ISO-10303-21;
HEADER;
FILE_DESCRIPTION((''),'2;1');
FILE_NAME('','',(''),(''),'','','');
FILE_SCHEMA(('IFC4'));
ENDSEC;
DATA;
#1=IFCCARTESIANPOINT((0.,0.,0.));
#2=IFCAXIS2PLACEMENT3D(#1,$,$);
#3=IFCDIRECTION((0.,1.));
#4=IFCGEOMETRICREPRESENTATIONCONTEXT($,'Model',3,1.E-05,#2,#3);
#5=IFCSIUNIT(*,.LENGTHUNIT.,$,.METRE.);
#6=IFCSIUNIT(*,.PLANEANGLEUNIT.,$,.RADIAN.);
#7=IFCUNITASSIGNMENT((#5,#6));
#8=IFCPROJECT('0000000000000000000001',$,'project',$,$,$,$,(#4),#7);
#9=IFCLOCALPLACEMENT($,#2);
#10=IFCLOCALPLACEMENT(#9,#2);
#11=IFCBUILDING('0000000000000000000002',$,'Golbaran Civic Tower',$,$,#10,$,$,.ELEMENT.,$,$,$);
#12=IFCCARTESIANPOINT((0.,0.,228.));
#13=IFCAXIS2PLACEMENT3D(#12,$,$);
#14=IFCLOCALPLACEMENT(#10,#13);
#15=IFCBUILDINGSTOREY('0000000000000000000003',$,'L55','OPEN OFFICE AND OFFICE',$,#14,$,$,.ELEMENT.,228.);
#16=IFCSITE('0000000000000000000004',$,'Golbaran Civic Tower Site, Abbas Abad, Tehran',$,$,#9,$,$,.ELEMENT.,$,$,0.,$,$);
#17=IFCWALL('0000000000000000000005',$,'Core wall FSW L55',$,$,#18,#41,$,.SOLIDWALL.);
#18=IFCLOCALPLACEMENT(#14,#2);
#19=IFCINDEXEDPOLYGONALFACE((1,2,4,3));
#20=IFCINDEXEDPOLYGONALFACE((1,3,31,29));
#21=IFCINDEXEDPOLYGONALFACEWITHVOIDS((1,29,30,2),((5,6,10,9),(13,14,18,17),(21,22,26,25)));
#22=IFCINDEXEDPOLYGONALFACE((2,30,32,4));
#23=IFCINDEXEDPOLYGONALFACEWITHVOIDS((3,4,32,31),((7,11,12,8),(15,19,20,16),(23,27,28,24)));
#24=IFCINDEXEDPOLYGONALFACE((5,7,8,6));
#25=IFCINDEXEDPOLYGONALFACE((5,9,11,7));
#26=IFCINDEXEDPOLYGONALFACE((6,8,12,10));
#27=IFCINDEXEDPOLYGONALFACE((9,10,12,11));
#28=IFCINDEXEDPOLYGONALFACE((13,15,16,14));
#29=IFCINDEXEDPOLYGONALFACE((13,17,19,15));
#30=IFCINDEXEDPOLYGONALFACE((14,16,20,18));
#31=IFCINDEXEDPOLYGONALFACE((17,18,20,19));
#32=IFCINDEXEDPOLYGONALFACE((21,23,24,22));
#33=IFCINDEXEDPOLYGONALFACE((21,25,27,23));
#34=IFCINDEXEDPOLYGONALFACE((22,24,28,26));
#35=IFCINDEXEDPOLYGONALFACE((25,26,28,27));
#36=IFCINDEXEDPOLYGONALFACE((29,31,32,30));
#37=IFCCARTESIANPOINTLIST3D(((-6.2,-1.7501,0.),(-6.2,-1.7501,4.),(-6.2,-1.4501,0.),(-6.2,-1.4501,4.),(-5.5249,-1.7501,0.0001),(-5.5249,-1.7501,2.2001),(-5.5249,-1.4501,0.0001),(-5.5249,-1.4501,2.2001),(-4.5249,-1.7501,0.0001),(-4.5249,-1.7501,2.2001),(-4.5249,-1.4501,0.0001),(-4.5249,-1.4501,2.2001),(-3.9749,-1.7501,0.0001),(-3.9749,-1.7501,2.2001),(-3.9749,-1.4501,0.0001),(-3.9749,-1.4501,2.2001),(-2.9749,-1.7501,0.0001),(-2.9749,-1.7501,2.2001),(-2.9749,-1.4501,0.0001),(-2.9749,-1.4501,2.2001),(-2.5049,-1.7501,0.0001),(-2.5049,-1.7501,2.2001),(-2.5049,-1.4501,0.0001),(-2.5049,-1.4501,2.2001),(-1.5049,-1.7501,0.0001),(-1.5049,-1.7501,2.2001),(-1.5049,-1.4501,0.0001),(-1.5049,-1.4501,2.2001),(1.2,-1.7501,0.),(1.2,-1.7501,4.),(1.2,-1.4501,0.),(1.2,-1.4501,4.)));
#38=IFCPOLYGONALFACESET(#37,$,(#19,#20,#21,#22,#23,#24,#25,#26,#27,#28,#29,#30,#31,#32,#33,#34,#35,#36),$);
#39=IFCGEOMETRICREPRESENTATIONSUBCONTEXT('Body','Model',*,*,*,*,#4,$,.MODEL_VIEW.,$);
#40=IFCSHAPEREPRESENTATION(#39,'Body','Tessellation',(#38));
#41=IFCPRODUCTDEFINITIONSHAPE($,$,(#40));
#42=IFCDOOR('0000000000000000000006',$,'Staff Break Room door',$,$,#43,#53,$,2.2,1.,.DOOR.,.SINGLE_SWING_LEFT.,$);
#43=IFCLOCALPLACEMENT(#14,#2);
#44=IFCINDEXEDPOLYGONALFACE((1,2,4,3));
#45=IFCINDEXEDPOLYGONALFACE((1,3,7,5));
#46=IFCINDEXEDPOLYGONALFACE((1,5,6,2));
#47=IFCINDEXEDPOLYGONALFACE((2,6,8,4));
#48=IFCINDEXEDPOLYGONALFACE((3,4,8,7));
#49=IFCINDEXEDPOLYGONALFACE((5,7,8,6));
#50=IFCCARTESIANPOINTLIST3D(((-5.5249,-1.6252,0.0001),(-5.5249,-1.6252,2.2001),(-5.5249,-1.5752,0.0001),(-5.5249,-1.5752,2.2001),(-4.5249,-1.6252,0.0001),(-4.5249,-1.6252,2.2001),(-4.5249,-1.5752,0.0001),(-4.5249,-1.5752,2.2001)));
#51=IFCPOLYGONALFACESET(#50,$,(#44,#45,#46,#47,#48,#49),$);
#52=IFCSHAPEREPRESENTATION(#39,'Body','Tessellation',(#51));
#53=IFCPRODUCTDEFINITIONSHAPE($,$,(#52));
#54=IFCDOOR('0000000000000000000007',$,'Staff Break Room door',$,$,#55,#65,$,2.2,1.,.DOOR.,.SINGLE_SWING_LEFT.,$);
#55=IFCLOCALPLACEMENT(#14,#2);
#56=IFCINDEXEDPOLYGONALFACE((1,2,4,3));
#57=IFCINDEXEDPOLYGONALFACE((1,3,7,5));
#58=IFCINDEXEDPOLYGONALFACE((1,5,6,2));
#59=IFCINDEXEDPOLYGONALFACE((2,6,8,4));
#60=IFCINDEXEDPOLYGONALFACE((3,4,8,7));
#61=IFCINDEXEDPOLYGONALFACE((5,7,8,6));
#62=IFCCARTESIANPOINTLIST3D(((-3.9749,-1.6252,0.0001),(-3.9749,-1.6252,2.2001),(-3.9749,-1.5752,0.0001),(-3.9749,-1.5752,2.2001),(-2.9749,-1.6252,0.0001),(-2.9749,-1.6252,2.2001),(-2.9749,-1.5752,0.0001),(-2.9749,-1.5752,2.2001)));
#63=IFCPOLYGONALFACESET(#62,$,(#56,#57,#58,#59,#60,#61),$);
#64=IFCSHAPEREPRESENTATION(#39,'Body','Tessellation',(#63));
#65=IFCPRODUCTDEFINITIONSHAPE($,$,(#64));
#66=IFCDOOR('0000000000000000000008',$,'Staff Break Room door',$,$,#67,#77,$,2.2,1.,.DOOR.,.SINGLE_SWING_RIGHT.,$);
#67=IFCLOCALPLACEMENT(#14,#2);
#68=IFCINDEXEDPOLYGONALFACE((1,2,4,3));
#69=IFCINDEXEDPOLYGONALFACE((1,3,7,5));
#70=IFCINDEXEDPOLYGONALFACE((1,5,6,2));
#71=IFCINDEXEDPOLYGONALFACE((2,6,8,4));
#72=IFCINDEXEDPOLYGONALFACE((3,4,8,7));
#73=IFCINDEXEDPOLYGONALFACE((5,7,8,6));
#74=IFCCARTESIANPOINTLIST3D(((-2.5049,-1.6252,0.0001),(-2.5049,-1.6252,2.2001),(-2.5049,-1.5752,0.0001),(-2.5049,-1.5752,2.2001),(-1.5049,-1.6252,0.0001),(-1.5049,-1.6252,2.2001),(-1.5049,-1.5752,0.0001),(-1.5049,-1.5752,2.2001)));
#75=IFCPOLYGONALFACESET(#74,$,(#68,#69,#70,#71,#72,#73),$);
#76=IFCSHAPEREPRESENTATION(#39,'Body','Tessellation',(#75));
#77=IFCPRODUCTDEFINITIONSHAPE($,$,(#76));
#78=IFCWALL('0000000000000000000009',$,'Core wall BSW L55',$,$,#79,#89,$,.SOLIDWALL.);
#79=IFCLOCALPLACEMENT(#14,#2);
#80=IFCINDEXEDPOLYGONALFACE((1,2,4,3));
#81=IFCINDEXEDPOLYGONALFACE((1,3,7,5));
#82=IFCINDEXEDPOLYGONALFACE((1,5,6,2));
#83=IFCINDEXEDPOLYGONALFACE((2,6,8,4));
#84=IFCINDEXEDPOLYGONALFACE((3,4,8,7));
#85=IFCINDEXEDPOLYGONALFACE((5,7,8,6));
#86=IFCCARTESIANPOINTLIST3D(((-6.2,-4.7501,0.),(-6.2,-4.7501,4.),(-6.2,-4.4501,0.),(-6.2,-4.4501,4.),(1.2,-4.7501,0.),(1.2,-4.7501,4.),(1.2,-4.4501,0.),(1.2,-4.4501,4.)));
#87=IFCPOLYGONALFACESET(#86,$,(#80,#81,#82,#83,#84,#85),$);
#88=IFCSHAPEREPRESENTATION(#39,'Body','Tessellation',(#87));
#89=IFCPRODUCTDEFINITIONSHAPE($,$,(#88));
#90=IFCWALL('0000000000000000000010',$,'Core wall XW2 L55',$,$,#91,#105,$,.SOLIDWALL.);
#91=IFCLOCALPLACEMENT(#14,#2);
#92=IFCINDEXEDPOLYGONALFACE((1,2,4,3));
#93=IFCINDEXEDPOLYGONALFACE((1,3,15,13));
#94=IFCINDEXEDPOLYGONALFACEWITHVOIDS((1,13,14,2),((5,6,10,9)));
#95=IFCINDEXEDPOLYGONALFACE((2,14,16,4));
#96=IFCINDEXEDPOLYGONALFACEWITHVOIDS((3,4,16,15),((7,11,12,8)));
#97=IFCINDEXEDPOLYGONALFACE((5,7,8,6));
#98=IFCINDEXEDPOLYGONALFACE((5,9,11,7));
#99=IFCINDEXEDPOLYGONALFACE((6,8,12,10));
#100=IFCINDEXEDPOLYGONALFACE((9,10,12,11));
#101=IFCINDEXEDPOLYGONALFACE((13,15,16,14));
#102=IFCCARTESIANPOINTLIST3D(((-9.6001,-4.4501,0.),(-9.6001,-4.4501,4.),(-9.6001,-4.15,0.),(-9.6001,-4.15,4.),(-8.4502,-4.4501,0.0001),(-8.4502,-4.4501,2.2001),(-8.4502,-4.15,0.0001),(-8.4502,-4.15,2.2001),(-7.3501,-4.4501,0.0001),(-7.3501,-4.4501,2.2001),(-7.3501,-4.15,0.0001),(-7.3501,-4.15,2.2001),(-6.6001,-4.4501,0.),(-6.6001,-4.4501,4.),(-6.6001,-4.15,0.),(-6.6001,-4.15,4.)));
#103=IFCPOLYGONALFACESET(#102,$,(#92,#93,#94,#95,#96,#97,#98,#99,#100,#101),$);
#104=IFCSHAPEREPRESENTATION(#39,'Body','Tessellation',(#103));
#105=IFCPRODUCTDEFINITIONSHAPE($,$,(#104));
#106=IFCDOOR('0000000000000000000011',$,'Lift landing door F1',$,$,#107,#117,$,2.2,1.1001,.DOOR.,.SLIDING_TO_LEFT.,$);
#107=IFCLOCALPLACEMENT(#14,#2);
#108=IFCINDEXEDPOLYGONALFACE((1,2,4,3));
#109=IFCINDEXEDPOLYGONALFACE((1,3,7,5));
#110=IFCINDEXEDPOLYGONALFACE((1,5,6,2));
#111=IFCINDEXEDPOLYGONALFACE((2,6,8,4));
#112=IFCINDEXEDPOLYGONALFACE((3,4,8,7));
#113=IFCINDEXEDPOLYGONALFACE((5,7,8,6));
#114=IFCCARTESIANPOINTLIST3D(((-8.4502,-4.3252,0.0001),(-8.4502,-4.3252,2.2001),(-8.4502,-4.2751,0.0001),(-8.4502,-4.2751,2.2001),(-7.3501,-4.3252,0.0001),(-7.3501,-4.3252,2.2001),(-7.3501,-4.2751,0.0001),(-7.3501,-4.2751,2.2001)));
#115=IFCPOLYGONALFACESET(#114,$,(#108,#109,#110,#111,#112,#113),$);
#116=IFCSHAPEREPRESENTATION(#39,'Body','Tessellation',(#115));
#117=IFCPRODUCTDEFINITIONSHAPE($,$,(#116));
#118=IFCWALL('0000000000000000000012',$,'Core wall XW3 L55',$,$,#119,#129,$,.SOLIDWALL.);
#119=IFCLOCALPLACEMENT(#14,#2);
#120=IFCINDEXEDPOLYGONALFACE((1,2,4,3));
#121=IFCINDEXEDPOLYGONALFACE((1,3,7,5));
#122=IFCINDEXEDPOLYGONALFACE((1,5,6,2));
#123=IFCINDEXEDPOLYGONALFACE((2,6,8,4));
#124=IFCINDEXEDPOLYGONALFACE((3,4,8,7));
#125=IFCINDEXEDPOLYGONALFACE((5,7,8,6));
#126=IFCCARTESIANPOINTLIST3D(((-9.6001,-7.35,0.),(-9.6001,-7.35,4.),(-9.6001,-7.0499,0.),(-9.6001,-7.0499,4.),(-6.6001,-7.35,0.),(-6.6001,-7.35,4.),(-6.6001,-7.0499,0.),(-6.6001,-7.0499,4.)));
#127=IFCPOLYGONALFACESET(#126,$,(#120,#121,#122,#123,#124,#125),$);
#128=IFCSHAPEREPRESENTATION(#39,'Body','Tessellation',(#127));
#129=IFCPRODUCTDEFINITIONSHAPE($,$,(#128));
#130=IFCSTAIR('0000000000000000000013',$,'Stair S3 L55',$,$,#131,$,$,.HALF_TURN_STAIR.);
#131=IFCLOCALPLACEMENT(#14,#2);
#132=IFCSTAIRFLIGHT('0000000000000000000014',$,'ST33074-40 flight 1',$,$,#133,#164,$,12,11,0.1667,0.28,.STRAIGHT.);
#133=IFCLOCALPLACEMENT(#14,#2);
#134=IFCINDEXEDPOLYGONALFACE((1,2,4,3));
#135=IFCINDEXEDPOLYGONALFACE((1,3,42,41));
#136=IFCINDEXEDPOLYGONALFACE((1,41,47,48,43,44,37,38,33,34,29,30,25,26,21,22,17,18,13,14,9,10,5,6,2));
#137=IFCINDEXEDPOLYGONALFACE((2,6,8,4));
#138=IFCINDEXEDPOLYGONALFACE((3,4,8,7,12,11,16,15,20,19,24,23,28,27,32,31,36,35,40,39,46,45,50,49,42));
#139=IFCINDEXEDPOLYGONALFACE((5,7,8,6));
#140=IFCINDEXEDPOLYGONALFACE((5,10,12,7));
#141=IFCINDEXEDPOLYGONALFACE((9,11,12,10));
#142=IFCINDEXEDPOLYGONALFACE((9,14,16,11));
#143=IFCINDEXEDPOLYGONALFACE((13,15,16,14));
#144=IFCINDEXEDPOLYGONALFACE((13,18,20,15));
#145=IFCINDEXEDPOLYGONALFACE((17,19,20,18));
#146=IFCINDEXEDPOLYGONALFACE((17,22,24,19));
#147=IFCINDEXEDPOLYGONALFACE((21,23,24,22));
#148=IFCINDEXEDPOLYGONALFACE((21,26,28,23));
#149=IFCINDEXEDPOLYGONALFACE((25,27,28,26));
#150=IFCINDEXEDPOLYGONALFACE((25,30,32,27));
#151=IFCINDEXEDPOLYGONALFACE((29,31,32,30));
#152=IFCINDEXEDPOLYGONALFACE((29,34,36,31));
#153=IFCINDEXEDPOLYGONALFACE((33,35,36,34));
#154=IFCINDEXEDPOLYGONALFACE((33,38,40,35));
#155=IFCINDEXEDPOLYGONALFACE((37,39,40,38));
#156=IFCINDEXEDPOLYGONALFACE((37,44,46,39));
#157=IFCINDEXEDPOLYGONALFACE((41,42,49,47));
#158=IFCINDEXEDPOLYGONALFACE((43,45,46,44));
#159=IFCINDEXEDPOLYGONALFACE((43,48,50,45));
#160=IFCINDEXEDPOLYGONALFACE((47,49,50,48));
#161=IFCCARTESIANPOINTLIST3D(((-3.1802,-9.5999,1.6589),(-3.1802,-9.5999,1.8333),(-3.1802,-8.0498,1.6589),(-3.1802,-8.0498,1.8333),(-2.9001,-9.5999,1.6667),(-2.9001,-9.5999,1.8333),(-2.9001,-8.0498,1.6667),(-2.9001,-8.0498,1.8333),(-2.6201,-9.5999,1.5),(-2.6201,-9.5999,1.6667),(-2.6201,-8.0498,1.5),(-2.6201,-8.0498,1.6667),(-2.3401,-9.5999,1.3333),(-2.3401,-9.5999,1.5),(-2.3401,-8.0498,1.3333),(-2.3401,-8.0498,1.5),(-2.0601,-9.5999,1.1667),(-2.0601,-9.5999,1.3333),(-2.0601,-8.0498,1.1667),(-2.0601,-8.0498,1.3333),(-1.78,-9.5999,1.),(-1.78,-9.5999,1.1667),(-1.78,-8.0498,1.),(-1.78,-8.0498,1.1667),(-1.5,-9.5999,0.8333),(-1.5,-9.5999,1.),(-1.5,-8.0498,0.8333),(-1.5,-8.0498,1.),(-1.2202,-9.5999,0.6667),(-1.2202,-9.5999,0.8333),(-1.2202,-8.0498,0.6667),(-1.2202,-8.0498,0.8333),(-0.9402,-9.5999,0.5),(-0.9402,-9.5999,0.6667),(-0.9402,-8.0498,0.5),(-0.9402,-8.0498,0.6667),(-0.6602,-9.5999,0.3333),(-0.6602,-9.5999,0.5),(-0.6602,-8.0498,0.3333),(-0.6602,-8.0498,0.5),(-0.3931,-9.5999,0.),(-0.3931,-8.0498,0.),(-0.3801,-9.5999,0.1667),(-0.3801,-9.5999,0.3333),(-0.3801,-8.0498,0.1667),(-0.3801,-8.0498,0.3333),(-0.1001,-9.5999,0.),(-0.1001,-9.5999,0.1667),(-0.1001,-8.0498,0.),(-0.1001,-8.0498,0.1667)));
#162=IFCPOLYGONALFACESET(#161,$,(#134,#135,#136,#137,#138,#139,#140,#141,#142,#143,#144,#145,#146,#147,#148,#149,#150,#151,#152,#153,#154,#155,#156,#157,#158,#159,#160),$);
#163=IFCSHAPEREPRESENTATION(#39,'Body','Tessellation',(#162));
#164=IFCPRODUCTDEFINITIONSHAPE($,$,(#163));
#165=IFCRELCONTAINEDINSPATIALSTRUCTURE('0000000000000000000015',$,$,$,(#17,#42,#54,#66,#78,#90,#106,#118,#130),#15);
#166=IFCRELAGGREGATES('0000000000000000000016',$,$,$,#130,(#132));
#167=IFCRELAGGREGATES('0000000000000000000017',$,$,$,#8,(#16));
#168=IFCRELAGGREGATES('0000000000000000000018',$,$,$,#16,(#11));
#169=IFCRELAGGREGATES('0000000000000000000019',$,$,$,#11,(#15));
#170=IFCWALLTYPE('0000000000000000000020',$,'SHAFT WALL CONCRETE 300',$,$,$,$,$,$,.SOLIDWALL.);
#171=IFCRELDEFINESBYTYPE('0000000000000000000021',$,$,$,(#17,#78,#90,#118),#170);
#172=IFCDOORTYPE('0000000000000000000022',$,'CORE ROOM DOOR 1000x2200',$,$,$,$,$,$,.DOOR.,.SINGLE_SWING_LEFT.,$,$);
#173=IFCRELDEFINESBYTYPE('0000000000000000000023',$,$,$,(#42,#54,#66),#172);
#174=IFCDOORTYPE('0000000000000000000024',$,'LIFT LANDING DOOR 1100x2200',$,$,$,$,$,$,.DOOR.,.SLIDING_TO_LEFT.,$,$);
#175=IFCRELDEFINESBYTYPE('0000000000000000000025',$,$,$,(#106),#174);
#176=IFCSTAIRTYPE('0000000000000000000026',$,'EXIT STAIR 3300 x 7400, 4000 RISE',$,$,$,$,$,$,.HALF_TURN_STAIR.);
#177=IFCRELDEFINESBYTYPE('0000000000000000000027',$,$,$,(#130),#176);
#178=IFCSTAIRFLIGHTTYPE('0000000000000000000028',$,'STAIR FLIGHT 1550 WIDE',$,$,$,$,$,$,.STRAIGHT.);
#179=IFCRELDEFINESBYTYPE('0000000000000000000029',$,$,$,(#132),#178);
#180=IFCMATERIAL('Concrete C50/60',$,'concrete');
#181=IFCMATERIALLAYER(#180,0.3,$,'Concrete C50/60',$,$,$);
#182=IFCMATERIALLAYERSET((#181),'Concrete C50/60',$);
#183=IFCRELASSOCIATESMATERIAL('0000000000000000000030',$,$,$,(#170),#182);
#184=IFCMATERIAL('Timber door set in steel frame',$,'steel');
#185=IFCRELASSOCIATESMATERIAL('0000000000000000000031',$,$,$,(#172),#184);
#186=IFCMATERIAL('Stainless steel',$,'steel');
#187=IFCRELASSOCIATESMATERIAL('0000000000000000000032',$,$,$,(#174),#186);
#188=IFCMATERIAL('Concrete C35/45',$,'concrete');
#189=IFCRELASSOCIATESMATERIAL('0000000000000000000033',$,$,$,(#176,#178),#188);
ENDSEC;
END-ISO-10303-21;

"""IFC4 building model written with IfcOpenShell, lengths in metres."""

from ifc_helpers import new_model, si_unit, direction, frame, frame_2d, origin, place, context, subcontext, project, spatial, polyline, rectangle, outline, extrude, material, layer, layer_set, type_object, element, fill, aggregate, save


model = new_model("IFC4")

# Units and contexts
model_context = context("Model", 3, precision=1e-05, world=origin(), true_north=direction((0.0, 1.0)))
body_context = subcontext(model_context, "Body", "Model", "MODEL_VIEW")
ifc_project = project(units=[si_unit("LENGTHUNIT", "METRE"), si_unit("PLANEANGLEUNIT", "RADIAN")], contexts=[model_context])

# Site, building, storey
site_placement = place(None, origin())
site = spatial("IfcSite", under=ifc_project, at=site_placement, Name="Golbaran Civic Tower Site, Abbas Abad, Tehran", CompositionType="ELEMENT", RefElevation=0.0)
building_placement = place(site_placement, origin())
building = spatial("IfcBuilding", under=site, at=building_placement, Name="Golbaran Civic Tower", CompositionType="ELEMENT")
storey_placement = place(building_placement, frame((0.0, 0.0, 228.0)))
storey = spatial("IfcBuildingStorey", under=building, at=storey_placement, Name="L55", Description="OPEN OFFICE AND OFFICE", CompositionType="ELEMENT", Elevation=228.0)

# Shared definitions
ifc_material_1 = material(Name="Concrete C35/45", Category="concrete")

# Shared definitions
ifc_material_2 = material(Name="Timber door set in steel frame", Category="steel")

# Shared definitions
ifc_material_3 = material(Name="Concrete C50/60", Category="concrete")

# Wall, openings, doors
ifc_layer_1 = layer(ifc_material_3, 0.3, Name="Concrete C50/60")
ifc_layer_set_1 = layer_set([ifc_layer_1], Name="Concrete C50/60")
wall_type_1 = type_object("IfcWallType", Name="SHAFT WALL CONCRETE 300", PredefinedType="SOLIDWALL", material=ifc_layer_set_1)
wall_1_placement = place(storey_placement, frame((-6.2, -1.6001, 0.0), z_axis=(0.0, 0.0, 1.0), x_axis=(1.0, 0.0, 0.0)))
wall_1 = element("IfcWall", 1, at=wall_1_placement, inside=storey, type_object=wall_type_1, Name="Core wall FSW L55", PredefinedType="SOLIDWALL", context=body_context, shape_type="SweptSolid", body=[
    extrude(rectangle(XDim=7.3999, YDim=0.3, at=frame_2d((3.7, 0.0))), origin(), (0.0, 0.0, 1.0), 4.0),
])
opening_1_placement = place(wall_1_placement, frame((0.675, 0.0, 0.0)))
opening_1 = element("IfcOpeningElement", 2, at=opening_1_placement, cuts=wall_1, PredefinedType="OPENING", context=body_context, shape_type="SweptSolid", body=[
    extrude(rectangle(XDim=1.0, YDim=2.2, at=frame_2d((0.5, 1.1001))), frame((0.0, 0.1599, 0.0), z_axis=(0.0, -1.0, 0.0), x_axis=(1.0, 0.0, 0.0)), (0.0, 0.0, 1.0), 0.3201),
])
opening_2_placement = place(wall_1_placement, frame((2.2251, 0.0, 0.0)))
opening_2 = element("IfcOpeningElement", 3, at=opening_2_placement, cuts=wall_1, PredefinedType="OPENING", context=body_context, shape_type="SweptSolid", body=[
    extrude(rectangle(XDim=1.0, YDim=2.2, at=frame_2d((0.5, 1.1001))), frame((0.0, 0.1599, 0.0), z_axis=(0.0, -1.0, 0.0), x_axis=(1.0, 0.0, 0.0)), (0.0, 0.0, 1.0), 0.3201),
])
opening_3_placement = place(wall_1_placement, frame((3.6951, 0.0, 0.0)))
opening_3 = element("IfcOpeningElement", 4, at=opening_3_placement, cuts=wall_1, PredefinedType="OPENING", context=body_context, shape_type="SweptSolid", body=[
    extrude(rectangle(XDim=1.0, YDim=2.2, at=frame_2d((0.5, 1.1001))), frame((0.0, 0.1599, 0.0), z_axis=(0.0, -1.0, 0.0), x_axis=(1.0, 0.0, 0.0)), (0.0, 0.0, 1.0), 0.3201),
])
door_type_1 = type_object("IfcDoorType", Name="CORE ROOM DOOR 1000x2200", OperationType="SINGLE_SWING_LEFT", PredefinedType="DOOR", material=ifc_material_2)
door_1_placement = place(opening_1_placement, origin())
door_1 = element("IfcDoor", 5, at=door_1_placement, inside=storey, type_object=door_type_1, Name="Staff Break Room door", OperationType="SINGLE_SWING_LEFT", OverallHeight=2.2, OverallWidth=1.0, PredefinedType="DOOR", context=body_context, shape_type="SweptSolid", body=[
    extrude(rectangle(XDim=1.0, YDim=2.2, at=frame_2d((0.5, 1.1001))), frame((0.0, 0.0249, 0.0), z_axis=(0.0, -1.0, 0.0), x_axis=(1.0, 0.0, 0.0)), (0.0, 0.0, 1.0), 0.05),
])
fill(opening_1, door_1)
door_2_placement = place(opening_2_placement, origin())
door_2 = element("IfcDoor", 6, at=door_2_placement, inside=storey, type_object=door_type_1, Name="Staff Break Room door", OperationType="SINGLE_SWING_LEFT", OverallHeight=2.2, OverallWidth=1.0, PredefinedType="DOOR", context=body_context, shape_type="SweptSolid", body=[
    extrude(rectangle(XDim=1.0, YDim=2.2, at=frame_2d((0.5, 1.1001))), frame((0.0, 0.0249, 0.0), z_axis=(0.0, -1.0, 0.0), x_axis=(1.0, 0.0, 0.0)), (0.0, 0.0, 1.0), 0.05),
])
fill(opening_2, door_2)
door_3_placement = place(opening_3_placement, origin())
door_3 = element("IfcDoor", 7, at=door_3_placement, inside=storey, type_object=door_type_1, Name="Staff Break Room door", OperationType="SINGLE_SWING_RIGHT", OverallHeight=2.2, OverallWidth=1.0, PredefinedType="DOOR", context=body_context, shape_type="SweptSolid", body=[
    extrude(rectangle(XDim=1.0, YDim=2.2, at=frame_2d((0.5, 1.1001))), frame((0.0, 0.0249, 0.0), z_axis=(0.0, -1.0, 0.0), x_axis=(1.0, 0.0, 0.0)), (0.0, 0.0, 1.0), 0.05),
])
fill(opening_3, door_3)

# Wall
wall_2_placement = place(storey_placement, frame((-6.2, -4.6001, 0.0), z_axis=(0.0, 0.0, 1.0), x_axis=(1.0, 0.0, 0.0)))
element("IfcWall", 8, at=wall_2_placement, inside=storey, type_object=wall_type_1, Name="Core wall BSW L55", PredefinedType="SOLIDWALL", context=body_context, shape_type="SweptSolid", body=[
    extrude(rectangle(XDim=7.3999, YDim=0.3, at=frame_2d((3.7, 0.0))), origin(), (0.0, 0.0, 1.0), 4.0),
])

# Wall, opening, door
wall_3_placement = place(storey_placement, frame((-9.6001, -4.3, 0.0), z_axis=(0.0, 0.0, 1.0), x_axis=(1.0, 0.0, 0.0)))
wall_3 = element("IfcWall", 9, at=wall_3_placement, inside=storey, type_object=wall_type_1, Name="Core wall XW2 L55", PredefinedType="SOLIDWALL", context=body_context, shape_type="SweptSolid", body=[
    extrude(rectangle(XDim=3.0, YDim=0.3, at=frame_2d((1.5, 0.0))), origin(), (0.0, 0.0, 1.0), 4.0),
])
opening_4_placement = place(wall_3_placement, frame((1.1499, 0.0, 0.0)))
opening_4 = element("IfcOpeningElement", 10, at=opening_4_placement, cuts=wall_3, PredefinedType="OPENING", context=body_context, shape_type="SweptSolid", body=[
    extrude(rectangle(XDim=1.1001, YDim=2.2, at=frame_2d((0.55, 1.1001))), frame((0.0, 0.1599, 0.0), z_axis=(0.0, -1.0, 0.0), x_axis=(1.0, 0.0, 0.0)), (0.0, 0.0, 1.0), 0.3201),
])
ifc_material_4 = material(Name="Stainless steel", Category="steel")
door_type_2 = type_object("IfcDoorType", Name="LIFT LANDING DOOR 1100x2200", OperationType="SLIDING_TO_LEFT", PredefinedType="DOOR", material=ifc_material_4)
door_4_placement = place(opening_4_placement, origin())
door_4 = element("IfcDoor", 11, at=door_4_placement, inside=storey, type_object=door_type_2, Name="Lift landing door F1", OperationType="SLIDING_TO_LEFT", OverallHeight=2.2, OverallWidth=1.1001, PredefinedType="DOOR", context=body_context, shape_type="SweptSolid", body=[
    extrude(rectangle(XDim=1.1001, YDim=2.2, at=frame_2d((0.55, 1.1001))), frame((0.0, 0.0249, 0.0), z_axis=(0.0, -1.0, 0.0), x_axis=(1.0, 0.0, 0.0)), (0.0, 0.0, 1.0), 0.05),
])
fill(opening_4, door_4)

# Wall
wall_4_placement = place(storey_placement, frame((-9.6001, -7.2, 0.0), z_axis=(0.0, 0.0, 1.0), x_axis=(1.0, 0.0, 0.0)))
element("IfcWall", 12, at=wall_4_placement, inside=storey, type_object=wall_type_1, Name="Core wall XW3 L55", PredefinedType="SOLIDWALL", context=body_context, shape_type="SweptSolid", body=[
    extrude(rectangle(XDim=3.0, YDim=0.3, at=frame_2d((1.5, 0.0))), origin(), (0.0, 0.0, 1.0), 4.0),
])

# Stair, stair flight
stair_type_1 = type_object("IfcStairType", Name="EXIT STAIR 3300 x 7400, 4000 RISE", PredefinedType="HALF_TURN_STAIR", material=ifc_material_1)
stair_1_placement = place(storey_placement, origin())
stair_1 = element("IfcStair", 13, at=stair_1_placement, inside=storey, type_object=stair_type_1, Name="Stair S3 L55", PredefinedType="HALF_TURN_STAIR")
stair_flight_type = type_object("IfcStairFlightType", Name="STAIR FLIGHT 1550 WIDE", PredefinedType="STRAIGHT", material=ifc_material_1)
stair_flight_1_placement = place(storey_placement, frame((-0.1001, -8.825, 0.0), z_axis=(0.0, 0.0, 1.0), x_axis=(-1.0, 0.0, 0.0)))
stair_flight_1 = element("IfcStairFlight", 14, at=stair_flight_1_placement, type_object=stair_flight_type, Name="ST33074-40 flight 1", NumberOfRisers=12, NumberOfTreads=11, PredefinedType="STRAIGHT", RiserHeight=0.1667, TreadLength=0.28, context=body_context, shape_type="SweptSolid", body=[
    extrude(outline(polyline([(0.0, 0.0), (0.0, 0.1667), (0.28, 0.1667), (0.28, 0.3333), (0.5601, 0.3333), (0.5601, 0.5), (0.8401, 0.5), (0.8401, 0.6667), (1.1201, 0.6667), (1.1201, 0.8333), (1.3999, 0.8333), (1.3999, 1.0), (1.6799, 1.0), (1.6799, 1.1667), (1.96, 1.1667), (1.96, 1.3333), (2.24, 1.3333), (2.24, 1.5), (2.52, 1.5), (2.52, 1.6667), (2.8, 1.6667), (2.8, 1.8333), (3.0801, 1.8333), (3.0801, 2.0), (3.0801, 1.6589), (0.293, 0.0), (0.0, 0.0)])), frame((0.0, 0.7749, 0.0), z_axis=(0.0, -1.0, 0.0), x_axis=(1.0, 0.0, 0.0)), (0.0, 0.0, 1.0), 1.55),
])
aggregate(stair_1, [stair_flight_1])

save(model, "model.ifc")
